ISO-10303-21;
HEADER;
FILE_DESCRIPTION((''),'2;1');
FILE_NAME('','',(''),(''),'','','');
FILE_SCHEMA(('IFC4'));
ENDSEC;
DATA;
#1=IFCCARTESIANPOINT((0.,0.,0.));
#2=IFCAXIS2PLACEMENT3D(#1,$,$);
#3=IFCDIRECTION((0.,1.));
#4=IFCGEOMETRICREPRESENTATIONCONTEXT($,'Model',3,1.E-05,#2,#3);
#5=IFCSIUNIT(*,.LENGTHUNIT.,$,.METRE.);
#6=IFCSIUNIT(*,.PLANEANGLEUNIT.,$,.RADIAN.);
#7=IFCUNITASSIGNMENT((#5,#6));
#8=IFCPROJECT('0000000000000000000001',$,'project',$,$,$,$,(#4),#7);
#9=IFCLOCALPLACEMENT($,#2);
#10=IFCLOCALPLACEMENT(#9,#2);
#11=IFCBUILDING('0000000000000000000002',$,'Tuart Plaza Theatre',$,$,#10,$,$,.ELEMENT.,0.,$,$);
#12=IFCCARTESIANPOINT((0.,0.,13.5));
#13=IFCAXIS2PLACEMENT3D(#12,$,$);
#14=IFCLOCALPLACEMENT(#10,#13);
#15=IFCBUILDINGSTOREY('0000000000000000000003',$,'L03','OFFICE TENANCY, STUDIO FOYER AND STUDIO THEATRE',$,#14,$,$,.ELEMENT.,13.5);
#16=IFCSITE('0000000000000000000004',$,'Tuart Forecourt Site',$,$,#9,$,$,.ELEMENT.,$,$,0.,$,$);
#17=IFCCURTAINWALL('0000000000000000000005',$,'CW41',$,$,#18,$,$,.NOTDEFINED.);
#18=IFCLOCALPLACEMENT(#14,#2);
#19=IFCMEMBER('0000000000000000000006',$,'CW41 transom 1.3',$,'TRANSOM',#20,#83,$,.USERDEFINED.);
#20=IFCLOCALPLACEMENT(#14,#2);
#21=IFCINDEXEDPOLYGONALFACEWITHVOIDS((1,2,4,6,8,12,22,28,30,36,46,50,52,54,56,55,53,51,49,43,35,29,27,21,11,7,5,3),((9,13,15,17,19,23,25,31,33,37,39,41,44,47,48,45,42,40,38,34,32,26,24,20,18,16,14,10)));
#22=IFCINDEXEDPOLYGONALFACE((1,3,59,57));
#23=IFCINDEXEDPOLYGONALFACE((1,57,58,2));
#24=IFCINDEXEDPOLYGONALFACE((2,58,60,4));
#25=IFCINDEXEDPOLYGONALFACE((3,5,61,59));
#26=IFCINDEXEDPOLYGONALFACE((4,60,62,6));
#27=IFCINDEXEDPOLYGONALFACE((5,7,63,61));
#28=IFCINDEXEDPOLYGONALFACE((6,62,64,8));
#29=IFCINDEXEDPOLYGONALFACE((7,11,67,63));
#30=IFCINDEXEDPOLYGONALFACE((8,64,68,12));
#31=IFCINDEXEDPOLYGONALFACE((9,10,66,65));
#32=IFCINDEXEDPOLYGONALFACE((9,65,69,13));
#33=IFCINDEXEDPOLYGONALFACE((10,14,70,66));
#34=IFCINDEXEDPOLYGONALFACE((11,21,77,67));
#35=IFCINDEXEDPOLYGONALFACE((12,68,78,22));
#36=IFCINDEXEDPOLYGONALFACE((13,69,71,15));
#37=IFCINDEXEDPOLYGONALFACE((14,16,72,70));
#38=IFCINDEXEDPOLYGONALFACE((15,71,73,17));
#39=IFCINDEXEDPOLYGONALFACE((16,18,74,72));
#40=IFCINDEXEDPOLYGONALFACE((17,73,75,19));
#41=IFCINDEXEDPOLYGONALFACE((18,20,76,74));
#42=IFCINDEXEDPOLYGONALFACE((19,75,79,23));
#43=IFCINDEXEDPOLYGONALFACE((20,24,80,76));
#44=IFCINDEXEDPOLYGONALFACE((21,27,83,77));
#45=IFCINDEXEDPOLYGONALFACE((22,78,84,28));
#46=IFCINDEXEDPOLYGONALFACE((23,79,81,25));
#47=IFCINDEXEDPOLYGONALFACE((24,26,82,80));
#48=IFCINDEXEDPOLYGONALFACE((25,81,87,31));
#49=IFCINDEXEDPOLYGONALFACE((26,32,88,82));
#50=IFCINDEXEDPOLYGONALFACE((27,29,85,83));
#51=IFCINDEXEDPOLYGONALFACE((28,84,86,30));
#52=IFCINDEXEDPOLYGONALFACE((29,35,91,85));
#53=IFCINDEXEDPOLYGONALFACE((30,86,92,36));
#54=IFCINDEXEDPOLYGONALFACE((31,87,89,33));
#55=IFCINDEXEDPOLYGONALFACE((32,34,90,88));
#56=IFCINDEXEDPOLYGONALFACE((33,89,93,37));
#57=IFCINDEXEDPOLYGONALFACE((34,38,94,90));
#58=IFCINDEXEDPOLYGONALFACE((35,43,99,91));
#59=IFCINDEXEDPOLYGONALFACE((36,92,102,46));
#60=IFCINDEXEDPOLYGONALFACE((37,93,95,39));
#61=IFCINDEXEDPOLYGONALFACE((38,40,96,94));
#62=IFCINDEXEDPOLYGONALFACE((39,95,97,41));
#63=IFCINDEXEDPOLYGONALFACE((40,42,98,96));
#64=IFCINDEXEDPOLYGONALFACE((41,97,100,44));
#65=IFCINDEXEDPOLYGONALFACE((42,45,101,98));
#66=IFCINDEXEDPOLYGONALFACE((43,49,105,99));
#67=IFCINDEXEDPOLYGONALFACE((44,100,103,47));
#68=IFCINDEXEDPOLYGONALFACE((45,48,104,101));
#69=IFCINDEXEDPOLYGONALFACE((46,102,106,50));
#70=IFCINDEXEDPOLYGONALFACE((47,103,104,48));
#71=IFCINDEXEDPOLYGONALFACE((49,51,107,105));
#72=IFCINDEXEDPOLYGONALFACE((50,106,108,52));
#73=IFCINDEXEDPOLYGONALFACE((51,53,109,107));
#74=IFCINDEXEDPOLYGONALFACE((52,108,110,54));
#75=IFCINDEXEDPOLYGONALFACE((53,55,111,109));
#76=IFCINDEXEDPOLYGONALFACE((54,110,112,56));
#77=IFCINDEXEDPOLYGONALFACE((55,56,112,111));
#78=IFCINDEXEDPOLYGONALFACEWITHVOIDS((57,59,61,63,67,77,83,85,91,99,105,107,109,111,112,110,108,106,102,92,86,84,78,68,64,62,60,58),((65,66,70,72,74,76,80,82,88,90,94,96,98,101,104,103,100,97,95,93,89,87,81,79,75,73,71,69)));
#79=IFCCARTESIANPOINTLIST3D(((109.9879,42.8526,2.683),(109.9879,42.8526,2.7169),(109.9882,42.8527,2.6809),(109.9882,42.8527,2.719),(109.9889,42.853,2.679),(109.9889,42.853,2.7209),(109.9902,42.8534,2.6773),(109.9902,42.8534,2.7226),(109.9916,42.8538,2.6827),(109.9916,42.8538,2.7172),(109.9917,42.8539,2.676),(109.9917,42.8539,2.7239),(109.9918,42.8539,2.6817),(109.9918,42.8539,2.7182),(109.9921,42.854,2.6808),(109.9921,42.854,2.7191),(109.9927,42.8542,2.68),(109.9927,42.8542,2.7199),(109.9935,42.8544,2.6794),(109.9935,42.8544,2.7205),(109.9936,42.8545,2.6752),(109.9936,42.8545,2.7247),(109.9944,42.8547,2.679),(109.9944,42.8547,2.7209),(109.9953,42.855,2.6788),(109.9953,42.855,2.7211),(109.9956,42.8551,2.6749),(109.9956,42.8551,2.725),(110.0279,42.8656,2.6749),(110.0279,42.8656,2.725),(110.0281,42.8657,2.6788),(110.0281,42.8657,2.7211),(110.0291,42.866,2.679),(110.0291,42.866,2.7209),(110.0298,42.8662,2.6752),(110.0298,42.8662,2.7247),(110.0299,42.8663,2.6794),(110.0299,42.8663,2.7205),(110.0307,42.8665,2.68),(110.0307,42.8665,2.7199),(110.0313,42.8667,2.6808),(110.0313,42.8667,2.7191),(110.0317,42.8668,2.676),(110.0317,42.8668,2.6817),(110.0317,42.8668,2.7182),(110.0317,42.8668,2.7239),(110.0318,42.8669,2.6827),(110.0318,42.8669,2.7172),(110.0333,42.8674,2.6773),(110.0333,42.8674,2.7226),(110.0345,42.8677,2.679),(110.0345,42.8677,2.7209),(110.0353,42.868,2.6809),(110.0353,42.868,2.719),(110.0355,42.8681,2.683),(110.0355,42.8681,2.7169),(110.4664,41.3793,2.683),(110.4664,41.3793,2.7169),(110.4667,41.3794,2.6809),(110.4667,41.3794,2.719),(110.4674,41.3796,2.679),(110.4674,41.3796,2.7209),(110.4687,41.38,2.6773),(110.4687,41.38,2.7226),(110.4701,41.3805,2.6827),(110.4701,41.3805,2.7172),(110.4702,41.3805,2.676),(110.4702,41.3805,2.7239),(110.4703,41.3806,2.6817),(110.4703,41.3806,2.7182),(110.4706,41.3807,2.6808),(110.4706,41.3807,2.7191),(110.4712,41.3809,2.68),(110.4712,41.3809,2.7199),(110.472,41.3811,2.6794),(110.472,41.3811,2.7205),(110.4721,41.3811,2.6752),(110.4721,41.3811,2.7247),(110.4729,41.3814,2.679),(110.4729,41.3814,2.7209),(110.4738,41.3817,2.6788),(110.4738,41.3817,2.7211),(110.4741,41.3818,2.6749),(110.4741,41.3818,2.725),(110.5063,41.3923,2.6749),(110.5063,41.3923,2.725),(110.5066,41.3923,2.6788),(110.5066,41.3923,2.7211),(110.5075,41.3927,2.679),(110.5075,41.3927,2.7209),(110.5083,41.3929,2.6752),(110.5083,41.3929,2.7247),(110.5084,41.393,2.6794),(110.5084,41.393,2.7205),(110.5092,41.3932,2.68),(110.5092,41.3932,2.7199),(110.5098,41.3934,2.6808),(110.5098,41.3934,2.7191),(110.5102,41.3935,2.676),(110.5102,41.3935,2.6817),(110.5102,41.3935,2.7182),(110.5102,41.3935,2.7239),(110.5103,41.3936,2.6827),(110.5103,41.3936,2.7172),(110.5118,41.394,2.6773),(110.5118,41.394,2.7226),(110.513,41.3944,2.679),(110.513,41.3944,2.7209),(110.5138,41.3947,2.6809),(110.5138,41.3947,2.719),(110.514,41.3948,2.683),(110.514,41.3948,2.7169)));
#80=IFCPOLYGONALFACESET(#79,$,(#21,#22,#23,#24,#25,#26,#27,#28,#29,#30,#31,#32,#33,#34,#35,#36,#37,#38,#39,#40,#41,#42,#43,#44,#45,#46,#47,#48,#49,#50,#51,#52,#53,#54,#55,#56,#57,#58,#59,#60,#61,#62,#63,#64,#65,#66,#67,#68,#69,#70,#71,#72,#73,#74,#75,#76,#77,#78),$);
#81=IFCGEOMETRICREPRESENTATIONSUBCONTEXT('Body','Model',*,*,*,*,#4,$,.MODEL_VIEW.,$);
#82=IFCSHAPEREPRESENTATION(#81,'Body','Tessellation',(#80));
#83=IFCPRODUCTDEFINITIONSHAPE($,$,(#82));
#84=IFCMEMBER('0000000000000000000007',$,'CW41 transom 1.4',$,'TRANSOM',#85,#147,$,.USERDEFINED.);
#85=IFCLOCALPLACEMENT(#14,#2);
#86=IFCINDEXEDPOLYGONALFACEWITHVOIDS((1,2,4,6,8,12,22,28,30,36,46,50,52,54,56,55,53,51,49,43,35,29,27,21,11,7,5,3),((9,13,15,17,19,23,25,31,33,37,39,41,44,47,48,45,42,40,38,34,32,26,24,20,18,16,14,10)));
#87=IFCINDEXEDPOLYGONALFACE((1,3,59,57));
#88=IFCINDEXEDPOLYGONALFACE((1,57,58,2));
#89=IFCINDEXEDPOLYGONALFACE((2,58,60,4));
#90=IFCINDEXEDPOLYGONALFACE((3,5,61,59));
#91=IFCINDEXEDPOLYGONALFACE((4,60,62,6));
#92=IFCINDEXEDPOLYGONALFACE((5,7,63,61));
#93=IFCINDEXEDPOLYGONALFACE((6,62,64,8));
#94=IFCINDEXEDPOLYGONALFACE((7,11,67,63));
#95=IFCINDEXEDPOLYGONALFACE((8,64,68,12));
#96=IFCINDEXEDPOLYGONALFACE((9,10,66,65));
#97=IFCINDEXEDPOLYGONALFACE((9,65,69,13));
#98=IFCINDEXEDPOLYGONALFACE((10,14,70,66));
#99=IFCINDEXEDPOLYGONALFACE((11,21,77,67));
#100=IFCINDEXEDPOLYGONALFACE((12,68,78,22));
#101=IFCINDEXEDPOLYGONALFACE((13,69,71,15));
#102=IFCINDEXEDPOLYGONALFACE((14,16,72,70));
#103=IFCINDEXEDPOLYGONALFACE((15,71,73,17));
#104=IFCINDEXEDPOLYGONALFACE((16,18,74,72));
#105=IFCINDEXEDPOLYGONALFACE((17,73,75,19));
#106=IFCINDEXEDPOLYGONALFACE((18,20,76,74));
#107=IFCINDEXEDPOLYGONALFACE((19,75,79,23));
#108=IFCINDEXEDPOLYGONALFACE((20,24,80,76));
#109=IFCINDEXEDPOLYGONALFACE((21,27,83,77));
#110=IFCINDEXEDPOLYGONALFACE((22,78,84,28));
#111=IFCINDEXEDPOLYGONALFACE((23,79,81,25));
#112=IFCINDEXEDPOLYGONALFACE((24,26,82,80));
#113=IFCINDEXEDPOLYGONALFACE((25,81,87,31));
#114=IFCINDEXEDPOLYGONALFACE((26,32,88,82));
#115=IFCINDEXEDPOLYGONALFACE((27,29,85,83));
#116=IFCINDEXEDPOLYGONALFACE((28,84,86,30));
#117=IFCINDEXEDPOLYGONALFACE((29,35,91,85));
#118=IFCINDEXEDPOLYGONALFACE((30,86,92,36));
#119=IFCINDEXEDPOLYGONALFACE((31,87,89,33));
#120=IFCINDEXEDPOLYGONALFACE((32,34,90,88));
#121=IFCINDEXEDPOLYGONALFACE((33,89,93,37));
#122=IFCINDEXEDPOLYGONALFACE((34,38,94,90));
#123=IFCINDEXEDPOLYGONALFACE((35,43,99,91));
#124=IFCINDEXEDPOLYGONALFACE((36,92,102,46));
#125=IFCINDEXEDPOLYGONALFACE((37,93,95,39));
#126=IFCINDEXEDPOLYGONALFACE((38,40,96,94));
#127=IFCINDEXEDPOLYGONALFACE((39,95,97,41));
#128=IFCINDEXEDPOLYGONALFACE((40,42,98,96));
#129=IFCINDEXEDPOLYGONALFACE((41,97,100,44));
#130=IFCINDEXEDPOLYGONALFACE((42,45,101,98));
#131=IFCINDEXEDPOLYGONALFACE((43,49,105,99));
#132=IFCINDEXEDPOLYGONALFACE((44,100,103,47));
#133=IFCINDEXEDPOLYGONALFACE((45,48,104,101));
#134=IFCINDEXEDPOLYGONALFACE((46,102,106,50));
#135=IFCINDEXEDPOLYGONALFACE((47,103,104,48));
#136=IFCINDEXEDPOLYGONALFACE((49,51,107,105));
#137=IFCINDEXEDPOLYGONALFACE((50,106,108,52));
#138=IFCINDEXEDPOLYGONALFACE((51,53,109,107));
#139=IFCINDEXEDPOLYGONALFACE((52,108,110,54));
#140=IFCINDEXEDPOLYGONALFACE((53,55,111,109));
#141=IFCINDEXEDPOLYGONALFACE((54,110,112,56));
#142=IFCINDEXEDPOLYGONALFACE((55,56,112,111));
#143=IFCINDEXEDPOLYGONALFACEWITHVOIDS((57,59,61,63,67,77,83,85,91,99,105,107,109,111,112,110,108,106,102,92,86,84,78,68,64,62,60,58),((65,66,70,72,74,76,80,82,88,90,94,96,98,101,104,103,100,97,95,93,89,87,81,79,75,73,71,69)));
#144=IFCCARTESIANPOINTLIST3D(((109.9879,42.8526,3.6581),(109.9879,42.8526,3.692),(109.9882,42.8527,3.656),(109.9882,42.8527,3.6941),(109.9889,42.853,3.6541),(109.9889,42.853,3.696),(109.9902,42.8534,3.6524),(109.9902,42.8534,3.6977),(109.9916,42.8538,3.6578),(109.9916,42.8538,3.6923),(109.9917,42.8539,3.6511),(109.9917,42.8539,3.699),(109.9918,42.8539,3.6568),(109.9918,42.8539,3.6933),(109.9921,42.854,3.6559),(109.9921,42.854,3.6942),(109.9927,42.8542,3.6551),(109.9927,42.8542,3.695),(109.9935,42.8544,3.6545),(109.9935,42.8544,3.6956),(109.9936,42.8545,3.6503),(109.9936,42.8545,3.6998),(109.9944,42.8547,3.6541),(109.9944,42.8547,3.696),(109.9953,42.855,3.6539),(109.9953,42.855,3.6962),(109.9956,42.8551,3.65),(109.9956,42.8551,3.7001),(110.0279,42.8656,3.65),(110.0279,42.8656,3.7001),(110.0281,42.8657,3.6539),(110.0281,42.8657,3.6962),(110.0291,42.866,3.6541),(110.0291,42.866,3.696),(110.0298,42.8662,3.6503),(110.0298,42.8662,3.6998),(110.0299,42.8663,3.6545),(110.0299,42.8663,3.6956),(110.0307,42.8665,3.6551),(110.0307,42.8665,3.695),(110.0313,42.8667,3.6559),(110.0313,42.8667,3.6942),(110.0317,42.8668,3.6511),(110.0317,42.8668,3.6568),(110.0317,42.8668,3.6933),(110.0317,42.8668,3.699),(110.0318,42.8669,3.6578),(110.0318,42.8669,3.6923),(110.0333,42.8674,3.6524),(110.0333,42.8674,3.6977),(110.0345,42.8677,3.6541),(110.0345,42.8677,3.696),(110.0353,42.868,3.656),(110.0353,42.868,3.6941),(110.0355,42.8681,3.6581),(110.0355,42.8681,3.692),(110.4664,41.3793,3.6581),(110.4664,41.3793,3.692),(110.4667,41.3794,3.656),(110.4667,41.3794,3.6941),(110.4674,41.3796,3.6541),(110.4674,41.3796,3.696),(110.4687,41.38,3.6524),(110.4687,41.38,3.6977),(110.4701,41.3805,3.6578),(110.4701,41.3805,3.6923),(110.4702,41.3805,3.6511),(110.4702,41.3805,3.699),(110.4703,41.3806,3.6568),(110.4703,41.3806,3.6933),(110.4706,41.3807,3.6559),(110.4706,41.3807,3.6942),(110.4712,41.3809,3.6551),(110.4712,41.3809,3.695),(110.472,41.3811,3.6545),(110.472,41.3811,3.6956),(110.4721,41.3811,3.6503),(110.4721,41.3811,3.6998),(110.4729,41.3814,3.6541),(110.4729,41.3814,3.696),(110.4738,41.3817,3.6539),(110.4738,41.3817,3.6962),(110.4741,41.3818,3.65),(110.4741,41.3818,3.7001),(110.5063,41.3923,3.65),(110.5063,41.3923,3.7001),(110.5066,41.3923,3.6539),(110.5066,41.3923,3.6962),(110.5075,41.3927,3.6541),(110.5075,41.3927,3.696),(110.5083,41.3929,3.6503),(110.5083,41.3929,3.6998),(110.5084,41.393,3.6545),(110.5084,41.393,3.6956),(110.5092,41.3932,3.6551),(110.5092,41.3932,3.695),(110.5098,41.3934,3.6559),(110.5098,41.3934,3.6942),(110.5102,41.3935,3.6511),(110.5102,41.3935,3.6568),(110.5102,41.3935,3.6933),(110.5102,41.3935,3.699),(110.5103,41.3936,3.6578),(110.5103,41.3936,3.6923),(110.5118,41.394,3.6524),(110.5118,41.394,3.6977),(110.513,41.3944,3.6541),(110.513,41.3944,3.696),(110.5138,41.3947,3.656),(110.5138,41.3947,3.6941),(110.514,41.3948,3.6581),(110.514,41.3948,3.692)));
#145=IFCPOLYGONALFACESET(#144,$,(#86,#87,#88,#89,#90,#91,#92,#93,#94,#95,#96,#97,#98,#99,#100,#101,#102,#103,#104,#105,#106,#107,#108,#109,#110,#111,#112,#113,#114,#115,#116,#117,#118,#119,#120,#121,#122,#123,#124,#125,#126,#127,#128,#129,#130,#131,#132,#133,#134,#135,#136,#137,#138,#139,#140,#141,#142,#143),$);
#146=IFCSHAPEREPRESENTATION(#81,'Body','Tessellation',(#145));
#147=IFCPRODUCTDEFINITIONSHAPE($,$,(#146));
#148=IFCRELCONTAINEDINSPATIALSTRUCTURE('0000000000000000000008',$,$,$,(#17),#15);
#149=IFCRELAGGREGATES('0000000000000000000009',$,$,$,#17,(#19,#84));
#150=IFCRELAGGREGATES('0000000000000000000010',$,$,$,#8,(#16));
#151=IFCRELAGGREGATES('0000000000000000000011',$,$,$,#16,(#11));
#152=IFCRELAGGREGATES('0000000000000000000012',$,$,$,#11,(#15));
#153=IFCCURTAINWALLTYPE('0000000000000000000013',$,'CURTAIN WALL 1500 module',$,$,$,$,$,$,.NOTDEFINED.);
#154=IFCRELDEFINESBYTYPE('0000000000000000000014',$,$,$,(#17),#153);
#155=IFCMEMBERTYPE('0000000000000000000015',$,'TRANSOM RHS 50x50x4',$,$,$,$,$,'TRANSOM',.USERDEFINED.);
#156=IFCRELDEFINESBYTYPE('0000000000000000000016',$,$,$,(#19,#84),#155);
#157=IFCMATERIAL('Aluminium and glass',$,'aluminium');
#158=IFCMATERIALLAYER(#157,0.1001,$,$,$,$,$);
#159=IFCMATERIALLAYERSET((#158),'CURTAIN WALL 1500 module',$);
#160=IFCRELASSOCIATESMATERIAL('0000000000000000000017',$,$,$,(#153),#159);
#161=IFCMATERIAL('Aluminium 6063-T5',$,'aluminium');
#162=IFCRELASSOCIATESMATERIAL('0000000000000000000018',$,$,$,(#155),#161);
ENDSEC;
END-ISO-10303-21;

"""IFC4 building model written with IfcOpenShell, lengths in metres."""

from ifc_helpers import new_model, si_unit, direction, frame, origin, origin_2d, place, context, subcontext, project, spatial, hollow_rectangle, extrude, material, layer, layer_set, material_profile, profile_set, type_object, element, aggregate, save


model = new_model("IFC4")

# Units and contexts
model_context = context("Model", 3, precision=1e-05, world=origin(), true_north=direction((0.0, 1.0)))
body_context = subcontext(model_context, "Body", "Model", "MODEL_VIEW")
ifc_project = project(units=[si_unit("LENGTHUNIT", "METRE"), si_unit("PLANEANGLEUNIT", "RADIAN")], contexts=[model_context])

# Site, building, storey
site_placement = place(None, origin())
site = spatial("IfcSite", under=ifc_project, at=site_placement, Name="Tuart Forecourt Site", CompositionType="ELEMENT", RefElevation=0.0)
building_placement = place(site_placement, origin())
building = spatial("IfcBuilding", under=site, at=building_placement, Name="Tuart Plaza Theatre", CompositionType="ELEMENT", ElevationOfRefHeight=0.0)
storey_placement = place(building_placement, frame((0.0, 0.0, 13.5)))
storey = spatial("IfcBuildingStorey", under=building, at=storey_placement, Name="L03", Description="OFFICE TENANCY, STUDIO FOYER AND STUDIO THEATRE", CompositionType="ELEMENT", Elevation=13.5)

# Curtain wall
ifc_material_1 = material(Name="Aluminium and glass", Category="aluminium")
ifc_layer_1 = layer(ifc_material_1, 0.1001)
ifc_layer_set_1 = layer_set([ifc_layer_1], Name="CURTAIN WALL 1500 module")
curtain_wall_type = type_object("IfcCurtainWallType", Name="CURTAIN WALL 1500 module", PredefinedType="NOTDEFINED", material=ifc_layer_set_1)
curtain_wall_1_placement = place(storey_placement, origin())
curtain_wall_1 = element("IfcCurtainWall", 1, at=curtain_wall_1_placement, inside=storey, type_object=curtain_wall_type, Name="CW41", PredefinedType="NOTDEFINED")

# Members
ifc_material_2 = material(Name="Aluminium 6063-T5", Category="aluminium")
ifc_material_profile_1 = material_profile(ifc_material_2, hollow_rectangle(XDim=0.05, YDim=0.05, WallThickness=0.0039, InnerFilletRadius=0.0039, OuterFilletRadius=0.0081, at=origin_2d()), Name="RHS 50x50x4")
ifc_profile_set_1 = profile_set([ifc_material_profile_1], Name="Aluminium 6063-T5")
member_type_1 = type_object("IfcMemberType", Name="TRANSOM RHS 50x50x4", ElementType="TRANSOM", PredefinedType="USERDEFINED", material=ifc_profile_set_1)
member_1_placement = place(storey_placement, frame((110.0117, 42.8604, 2.7), z_axis=(0.30889, -0.951098, 0.0), x_axis=(0.951098, 0.30889, 0.0)))
member_1 = element("IfcMember", 2, at=member_1_placement, type_object=member_type_1, Name="CW41 transom 1.3", ObjectType="TRANSOM", PredefinedType="USERDEFINED", context=body_context, shape_type="SweptSolid", body=[
    extrude(hollow_rectangle(XDim=0.05, YDim=0.05, WallThickness=0.0039, InnerFilletRadius=0.0039, OuterFilletRadius=0.0081, at=origin_2d()), origin(), (0.0, 0.0, 1.0), 1.5491),
])
member_2_placement = place(storey_placement, frame((110.0117, 42.8604, 3.675), z_axis=(0.30889, -0.951098, 0.0), x_axis=(0.951098, 0.30889, 0.0)))
member_2 = element("IfcMember", 3, at=member_2_placement, type_object=member_type_1, Name="CW41 transom 1.4", ObjectType="TRANSOM", PredefinedType="USERDEFINED", context=body_context, shape_type="SweptSolid", body=[
    extrude(hollow_rectangle(XDim=0.05, YDim=0.05, WallThickness=0.0039, InnerFilletRadius=0.0039, OuterFilletRadius=0.0081, at=origin_2d()), origin(), (0.0, 0.0, 1.0), 1.5491),
])
aggregate(curtain_wall_1, [member_1, member_2])

save(model, "model.ifc")
